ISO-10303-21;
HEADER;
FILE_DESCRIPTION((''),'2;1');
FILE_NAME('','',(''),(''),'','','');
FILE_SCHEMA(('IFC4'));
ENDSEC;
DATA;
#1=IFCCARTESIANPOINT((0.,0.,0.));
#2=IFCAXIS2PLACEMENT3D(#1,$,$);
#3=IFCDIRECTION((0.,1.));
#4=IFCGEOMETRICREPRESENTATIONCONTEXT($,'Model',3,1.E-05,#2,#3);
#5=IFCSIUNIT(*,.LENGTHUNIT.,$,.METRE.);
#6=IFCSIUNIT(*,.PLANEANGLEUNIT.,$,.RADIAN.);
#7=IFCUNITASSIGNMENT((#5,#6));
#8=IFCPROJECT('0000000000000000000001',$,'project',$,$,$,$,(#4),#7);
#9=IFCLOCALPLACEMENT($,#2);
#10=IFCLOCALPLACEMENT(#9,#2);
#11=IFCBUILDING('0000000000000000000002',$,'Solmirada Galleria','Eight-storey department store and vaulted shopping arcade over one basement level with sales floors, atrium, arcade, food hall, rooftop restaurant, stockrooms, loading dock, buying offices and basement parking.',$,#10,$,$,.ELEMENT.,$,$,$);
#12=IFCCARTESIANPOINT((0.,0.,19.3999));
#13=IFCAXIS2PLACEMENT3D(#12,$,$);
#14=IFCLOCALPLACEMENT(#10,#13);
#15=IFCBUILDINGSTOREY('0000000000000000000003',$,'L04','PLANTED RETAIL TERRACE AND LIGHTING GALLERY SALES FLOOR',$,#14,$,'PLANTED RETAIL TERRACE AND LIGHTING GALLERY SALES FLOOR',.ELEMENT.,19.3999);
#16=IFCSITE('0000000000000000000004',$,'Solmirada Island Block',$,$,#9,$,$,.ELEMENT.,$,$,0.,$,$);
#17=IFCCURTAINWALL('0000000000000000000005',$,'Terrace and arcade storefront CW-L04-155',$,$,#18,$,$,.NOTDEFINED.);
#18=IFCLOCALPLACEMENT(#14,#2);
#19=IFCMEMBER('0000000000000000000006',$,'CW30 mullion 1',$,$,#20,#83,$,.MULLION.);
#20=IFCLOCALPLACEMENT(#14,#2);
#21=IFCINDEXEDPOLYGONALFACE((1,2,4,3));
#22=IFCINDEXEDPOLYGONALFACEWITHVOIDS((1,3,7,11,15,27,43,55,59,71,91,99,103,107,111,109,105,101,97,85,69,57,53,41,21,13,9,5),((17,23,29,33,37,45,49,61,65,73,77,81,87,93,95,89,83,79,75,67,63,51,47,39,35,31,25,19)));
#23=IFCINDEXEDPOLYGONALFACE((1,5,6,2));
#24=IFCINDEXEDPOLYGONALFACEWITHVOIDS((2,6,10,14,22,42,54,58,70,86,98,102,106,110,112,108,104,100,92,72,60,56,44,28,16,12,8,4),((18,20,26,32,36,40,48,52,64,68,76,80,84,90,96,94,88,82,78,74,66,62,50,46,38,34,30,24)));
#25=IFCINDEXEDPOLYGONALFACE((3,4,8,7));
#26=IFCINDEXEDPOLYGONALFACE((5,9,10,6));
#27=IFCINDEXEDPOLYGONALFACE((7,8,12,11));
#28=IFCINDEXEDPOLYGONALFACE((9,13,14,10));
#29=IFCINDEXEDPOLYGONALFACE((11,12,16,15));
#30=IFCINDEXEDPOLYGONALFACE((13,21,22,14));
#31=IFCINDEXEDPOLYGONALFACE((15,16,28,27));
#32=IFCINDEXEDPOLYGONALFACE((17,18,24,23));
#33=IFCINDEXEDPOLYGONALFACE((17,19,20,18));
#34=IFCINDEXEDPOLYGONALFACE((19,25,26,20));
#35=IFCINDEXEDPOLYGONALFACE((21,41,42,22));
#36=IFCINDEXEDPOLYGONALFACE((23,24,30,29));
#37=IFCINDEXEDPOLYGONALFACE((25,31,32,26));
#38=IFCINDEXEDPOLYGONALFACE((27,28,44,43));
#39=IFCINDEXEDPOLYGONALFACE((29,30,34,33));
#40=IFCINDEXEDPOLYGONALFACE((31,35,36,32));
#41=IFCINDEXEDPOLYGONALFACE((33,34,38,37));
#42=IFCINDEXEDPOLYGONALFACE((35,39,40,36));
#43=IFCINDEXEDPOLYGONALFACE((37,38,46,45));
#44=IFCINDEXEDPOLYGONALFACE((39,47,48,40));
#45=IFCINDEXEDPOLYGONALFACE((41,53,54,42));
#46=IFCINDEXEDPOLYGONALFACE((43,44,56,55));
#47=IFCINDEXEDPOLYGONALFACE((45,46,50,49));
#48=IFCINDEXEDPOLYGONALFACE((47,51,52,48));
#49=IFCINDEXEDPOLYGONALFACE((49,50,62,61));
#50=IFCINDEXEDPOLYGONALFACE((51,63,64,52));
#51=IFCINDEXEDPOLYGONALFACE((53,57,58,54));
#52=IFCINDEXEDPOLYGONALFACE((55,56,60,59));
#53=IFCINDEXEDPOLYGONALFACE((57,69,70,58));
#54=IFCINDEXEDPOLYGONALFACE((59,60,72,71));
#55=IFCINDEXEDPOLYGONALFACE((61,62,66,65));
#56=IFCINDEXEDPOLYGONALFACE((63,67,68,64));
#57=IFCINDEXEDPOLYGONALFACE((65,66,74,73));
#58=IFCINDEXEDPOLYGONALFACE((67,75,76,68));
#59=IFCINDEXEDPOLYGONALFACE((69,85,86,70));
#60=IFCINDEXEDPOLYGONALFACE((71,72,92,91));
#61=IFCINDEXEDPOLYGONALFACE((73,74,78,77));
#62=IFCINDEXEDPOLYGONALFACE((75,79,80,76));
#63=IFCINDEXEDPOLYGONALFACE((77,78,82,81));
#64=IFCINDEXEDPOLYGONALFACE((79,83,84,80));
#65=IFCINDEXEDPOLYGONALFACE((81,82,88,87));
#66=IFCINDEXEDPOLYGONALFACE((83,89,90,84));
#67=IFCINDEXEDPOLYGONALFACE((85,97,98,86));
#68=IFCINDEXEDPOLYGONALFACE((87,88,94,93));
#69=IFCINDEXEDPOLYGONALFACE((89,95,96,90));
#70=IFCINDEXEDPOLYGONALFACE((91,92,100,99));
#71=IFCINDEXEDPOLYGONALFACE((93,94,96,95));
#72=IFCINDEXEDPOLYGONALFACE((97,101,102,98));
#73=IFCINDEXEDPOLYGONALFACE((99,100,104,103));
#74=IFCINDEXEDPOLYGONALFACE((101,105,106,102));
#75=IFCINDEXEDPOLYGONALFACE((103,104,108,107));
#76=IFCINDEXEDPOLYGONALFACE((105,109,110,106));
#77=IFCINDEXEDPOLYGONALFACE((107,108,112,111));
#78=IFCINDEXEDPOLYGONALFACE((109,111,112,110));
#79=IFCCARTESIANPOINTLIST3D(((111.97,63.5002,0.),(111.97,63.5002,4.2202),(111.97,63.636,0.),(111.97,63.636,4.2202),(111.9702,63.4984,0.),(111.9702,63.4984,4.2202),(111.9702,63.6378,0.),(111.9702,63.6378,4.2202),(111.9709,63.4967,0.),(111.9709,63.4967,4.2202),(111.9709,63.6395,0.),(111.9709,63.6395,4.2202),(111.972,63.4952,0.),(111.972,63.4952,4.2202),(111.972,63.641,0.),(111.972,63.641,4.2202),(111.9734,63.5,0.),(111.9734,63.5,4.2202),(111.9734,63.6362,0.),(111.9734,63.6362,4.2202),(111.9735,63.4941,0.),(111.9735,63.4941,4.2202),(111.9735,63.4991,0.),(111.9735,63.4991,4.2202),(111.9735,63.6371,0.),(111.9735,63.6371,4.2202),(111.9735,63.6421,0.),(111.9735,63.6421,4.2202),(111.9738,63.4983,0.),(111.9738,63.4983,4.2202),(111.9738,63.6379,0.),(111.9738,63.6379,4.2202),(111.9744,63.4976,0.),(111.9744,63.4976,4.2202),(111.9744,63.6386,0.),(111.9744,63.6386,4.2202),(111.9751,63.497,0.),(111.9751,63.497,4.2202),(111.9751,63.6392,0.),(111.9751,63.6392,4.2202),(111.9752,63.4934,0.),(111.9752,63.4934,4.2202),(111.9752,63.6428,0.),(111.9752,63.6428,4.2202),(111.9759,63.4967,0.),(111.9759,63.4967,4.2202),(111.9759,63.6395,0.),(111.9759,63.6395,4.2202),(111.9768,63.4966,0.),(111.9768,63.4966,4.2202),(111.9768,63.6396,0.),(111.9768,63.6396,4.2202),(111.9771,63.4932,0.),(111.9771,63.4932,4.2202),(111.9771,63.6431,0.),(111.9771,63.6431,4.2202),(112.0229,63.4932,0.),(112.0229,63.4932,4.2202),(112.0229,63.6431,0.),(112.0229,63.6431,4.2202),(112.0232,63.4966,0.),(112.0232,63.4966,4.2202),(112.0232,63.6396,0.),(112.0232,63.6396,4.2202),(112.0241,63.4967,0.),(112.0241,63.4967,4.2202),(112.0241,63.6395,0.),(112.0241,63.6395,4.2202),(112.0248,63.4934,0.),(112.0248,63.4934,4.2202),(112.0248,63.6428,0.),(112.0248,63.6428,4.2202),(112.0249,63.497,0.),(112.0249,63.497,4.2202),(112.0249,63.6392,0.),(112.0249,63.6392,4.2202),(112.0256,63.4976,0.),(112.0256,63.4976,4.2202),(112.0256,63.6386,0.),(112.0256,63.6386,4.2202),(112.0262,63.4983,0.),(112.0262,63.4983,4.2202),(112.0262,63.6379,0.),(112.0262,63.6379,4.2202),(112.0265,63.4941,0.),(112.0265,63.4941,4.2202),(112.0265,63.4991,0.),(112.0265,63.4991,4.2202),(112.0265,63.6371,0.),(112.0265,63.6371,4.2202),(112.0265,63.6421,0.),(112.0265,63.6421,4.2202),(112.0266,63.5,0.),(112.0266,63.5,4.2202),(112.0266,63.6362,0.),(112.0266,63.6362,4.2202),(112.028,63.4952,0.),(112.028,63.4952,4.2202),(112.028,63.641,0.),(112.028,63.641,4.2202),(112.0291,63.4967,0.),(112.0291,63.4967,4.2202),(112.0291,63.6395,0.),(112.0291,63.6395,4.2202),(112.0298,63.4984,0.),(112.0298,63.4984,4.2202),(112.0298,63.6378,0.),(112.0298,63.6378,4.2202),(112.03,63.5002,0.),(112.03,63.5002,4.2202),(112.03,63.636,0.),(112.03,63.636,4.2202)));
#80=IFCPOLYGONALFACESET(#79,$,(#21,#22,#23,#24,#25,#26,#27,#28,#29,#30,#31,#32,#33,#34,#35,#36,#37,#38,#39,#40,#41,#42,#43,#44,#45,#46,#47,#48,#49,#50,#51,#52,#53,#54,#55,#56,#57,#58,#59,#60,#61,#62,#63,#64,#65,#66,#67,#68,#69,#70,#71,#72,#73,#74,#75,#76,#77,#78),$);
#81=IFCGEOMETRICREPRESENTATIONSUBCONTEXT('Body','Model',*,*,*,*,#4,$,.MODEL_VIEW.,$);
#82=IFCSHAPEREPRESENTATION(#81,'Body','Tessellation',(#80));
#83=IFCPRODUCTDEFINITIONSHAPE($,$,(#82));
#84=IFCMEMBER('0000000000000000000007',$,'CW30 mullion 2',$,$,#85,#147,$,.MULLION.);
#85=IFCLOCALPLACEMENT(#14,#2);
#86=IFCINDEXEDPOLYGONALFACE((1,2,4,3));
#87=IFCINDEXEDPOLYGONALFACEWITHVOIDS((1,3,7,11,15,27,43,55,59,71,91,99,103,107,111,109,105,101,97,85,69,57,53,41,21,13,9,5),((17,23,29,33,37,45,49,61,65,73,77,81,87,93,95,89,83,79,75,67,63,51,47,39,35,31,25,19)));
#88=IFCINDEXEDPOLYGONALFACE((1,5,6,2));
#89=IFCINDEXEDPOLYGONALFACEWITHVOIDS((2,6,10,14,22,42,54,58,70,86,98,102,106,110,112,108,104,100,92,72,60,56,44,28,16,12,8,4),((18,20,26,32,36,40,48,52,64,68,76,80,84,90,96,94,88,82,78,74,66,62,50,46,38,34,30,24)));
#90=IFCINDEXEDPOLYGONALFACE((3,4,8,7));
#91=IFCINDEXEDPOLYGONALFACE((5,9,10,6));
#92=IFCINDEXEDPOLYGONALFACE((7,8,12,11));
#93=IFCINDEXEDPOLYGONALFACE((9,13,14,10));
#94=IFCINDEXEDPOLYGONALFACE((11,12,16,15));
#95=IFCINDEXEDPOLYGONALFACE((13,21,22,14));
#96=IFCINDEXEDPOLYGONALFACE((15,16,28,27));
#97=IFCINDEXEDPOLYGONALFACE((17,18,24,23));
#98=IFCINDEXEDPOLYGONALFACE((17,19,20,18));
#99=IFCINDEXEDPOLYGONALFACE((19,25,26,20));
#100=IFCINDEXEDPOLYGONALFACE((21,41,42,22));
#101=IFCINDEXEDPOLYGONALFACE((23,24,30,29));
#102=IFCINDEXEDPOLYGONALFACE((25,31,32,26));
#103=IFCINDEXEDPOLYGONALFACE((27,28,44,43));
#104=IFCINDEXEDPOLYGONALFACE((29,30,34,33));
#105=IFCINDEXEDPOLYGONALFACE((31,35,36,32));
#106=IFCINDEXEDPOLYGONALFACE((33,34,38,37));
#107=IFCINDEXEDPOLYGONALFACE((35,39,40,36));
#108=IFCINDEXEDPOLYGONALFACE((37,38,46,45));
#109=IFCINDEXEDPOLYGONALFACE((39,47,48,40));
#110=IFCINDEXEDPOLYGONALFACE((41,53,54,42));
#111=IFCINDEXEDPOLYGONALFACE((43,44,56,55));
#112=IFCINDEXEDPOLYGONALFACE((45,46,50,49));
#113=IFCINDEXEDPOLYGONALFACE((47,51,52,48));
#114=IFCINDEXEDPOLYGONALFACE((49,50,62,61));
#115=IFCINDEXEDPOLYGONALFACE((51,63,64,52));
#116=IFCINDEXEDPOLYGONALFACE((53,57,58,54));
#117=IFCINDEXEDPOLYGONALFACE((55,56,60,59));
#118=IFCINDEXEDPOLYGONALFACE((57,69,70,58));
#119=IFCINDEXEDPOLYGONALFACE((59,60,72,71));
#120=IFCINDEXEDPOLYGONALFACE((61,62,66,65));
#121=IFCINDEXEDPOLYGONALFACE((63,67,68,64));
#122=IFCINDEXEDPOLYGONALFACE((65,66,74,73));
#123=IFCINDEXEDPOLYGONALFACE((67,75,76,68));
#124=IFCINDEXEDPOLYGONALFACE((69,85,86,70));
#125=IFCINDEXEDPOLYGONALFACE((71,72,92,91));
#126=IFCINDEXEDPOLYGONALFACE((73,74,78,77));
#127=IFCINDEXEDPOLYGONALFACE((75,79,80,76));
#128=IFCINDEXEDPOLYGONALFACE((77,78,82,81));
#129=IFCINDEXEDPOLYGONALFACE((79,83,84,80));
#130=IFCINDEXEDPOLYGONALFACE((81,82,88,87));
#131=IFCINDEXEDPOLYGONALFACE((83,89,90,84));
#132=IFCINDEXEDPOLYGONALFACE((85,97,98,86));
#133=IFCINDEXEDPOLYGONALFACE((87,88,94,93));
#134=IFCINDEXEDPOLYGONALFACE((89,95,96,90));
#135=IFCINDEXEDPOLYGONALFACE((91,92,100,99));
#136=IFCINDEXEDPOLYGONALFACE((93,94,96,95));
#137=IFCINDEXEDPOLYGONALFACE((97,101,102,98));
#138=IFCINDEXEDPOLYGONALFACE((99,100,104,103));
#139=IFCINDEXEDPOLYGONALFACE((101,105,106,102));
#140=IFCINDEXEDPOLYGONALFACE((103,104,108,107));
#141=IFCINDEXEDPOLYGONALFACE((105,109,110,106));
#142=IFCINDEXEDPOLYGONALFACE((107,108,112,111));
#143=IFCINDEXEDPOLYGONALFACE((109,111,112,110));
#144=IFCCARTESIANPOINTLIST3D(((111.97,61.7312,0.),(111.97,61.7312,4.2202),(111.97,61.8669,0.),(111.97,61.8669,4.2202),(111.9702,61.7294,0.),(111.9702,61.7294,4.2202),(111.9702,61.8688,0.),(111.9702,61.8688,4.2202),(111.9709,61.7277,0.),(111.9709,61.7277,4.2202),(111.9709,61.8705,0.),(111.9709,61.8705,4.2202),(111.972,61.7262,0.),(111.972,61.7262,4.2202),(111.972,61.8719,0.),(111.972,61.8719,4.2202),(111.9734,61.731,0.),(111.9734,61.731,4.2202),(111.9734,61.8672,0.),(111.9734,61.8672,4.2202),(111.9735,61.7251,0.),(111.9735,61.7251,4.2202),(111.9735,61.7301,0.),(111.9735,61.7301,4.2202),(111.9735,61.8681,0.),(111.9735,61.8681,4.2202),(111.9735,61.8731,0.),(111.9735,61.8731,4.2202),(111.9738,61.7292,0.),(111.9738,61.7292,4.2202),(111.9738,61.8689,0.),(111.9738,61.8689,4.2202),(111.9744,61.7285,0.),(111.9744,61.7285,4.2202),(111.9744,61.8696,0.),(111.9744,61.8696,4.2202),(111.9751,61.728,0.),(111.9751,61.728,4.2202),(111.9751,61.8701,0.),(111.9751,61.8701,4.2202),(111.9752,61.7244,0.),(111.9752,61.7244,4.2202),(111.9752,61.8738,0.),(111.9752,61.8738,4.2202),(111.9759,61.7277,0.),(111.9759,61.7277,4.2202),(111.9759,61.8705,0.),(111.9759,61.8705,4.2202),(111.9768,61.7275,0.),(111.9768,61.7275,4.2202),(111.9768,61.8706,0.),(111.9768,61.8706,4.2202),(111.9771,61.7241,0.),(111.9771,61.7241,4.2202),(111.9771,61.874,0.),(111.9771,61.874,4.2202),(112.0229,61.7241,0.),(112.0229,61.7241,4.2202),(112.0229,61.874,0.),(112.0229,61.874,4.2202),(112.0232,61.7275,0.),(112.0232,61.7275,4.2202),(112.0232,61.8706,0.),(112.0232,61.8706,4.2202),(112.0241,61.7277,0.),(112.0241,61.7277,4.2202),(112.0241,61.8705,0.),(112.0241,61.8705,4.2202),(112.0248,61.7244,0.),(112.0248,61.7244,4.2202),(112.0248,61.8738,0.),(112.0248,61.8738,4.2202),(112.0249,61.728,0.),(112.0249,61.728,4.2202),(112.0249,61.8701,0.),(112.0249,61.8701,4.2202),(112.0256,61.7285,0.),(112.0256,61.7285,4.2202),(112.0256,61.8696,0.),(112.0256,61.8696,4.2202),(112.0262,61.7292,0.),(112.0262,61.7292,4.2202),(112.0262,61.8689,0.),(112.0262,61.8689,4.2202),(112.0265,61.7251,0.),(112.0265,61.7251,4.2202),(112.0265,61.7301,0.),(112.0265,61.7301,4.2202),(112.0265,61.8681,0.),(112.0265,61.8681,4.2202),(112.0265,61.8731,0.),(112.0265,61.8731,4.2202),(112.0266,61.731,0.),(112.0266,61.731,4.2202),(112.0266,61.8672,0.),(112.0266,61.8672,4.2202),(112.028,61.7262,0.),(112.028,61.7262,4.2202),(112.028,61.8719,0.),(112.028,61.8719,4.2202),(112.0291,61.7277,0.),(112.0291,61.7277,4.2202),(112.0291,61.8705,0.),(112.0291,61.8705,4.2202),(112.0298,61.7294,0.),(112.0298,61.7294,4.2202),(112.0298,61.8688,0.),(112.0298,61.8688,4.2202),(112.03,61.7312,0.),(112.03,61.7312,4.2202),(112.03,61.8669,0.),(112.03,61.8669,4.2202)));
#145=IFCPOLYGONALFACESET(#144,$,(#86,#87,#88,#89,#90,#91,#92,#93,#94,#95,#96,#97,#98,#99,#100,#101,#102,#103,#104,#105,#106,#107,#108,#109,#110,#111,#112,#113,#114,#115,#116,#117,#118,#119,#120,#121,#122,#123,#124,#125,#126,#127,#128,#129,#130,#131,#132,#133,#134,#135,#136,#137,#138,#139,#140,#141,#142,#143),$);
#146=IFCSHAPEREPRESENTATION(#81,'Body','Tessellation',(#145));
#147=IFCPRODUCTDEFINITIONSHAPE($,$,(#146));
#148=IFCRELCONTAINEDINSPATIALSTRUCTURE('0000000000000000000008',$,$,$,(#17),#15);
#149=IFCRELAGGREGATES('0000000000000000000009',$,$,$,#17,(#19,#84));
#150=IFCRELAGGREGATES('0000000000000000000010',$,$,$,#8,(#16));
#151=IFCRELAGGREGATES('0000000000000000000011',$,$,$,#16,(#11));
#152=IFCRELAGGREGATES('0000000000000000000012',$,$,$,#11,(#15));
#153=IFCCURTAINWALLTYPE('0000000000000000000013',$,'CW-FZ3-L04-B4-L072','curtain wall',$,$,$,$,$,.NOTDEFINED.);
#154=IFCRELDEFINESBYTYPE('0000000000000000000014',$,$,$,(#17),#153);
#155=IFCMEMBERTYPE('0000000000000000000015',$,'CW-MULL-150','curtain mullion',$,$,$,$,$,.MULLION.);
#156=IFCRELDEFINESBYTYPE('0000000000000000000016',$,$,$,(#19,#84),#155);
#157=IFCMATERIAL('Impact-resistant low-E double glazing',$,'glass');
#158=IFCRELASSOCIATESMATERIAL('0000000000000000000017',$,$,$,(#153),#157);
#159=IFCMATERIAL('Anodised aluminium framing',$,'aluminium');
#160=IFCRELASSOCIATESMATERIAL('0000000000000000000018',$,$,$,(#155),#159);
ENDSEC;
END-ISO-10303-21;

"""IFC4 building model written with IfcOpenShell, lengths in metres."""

from ifc_helpers import new_model, si_unit, direction, frame, origin, origin_2d, place, context, subcontext, project, spatial, hollow_rectangle, extrude, material, material_profile, profile_set, type_object, element, aggregate, save


model = new_model("IFC4")

# Units and contexts
model_context = context("Model", 3, precision=1e-05, world=origin(), true_north=direction((0.0, 1.0)))
body_context = subcontext(model_context, "Body", "Model", "MODEL_VIEW")
ifc_project = project(units=[si_unit("LENGTHUNIT", "METRE"), si_unit("PLANEANGLEUNIT", "RADIAN")], contexts=[model_context])

# Site, building, storey
site_placement = place(None, origin())
site = spatial("IfcSite", under=ifc_project, at=site_placement, Name="Solmirada Island Block", CompositionType="ELEMENT", RefElevation=0.0)
building_placement = place(site_placement, origin())
building = spatial("IfcBuilding", under=site, at=building_placement, Name="Solmirada Galleria", Description="Eight-storey department store and vaulted shopping arcade over one basement level with sales floors, atrium, arcade, food hall, rooftop restaurant, stockrooms, loading dock, buying offices and basement parking.", CompositionType="ELEMENT")
storey_placement = place(building_placement, frame((0.0, 0.0, 19.3999)))
storey = spatial("IfcBuildingStorey", under=building, at=storey_placement, Name="L04", Description="PLANTED RETAIL TERRACE AND LIGHTING GALLERY SALES FLOOR", LongName="PLANTED RETAIL TERRACE AND LIGHTING GALLERY SALES FLOOR", CompositionType="ELEMENT", Elevation=19.3999)

# Shared definitions
ifc_material_1 = material(Name="Impact-resistant low-E double glazing", Category="glass")
curtain_wall_type = type_object("IfcCurtainWallType", Name="CW-FZ3-L04-B4-L072", Description="curtain wall", PredefinedType="NOTDEFINED", material=ifc_material_1)
ifc_material_2 = material(Name="Anodised aluminium framing", Category="aluminium")
ifc_material_profile_1 = material_profile(ifc_material_2, hollow_rectangle(XDim=0.0601, YDim=0.1499, WallThickness=0.0034, InnerFilletRadius=0.0034, OuterFilletRadius=0.0071, at=origin_2d()), Name="ALU-MULL-150X60")
ifc_profile_set_1 = profile_set([ifc_material_profile_1], Name="Anodised aluminium framing")
member_type_1 = type_object("IfcMemberType", Name="CW-MULL-150", Description="curtain mullion", PredefinedType="MULLION", material=ifc_profile_set_1)

# Curtain wall, members
curtain_wall_1_placement = place(storey_placement, origin())
curtain_wall_1 = element("IfcCurtainWall", 1, at=curtain_wall_1_placement, inside=storey, type_object=curtain_wall_type, Name="Terrace and arcade storefront CW-L04-155", PredefinedType="NOTDEFINED")
member_1_placement = place(storey_placement, frame((112.0, 63.5681, 0.0), z_axis=(0.0, 0.0, 1.0), x_axis=(1.0, 0.0, 0.0)))
member_1 = element("IfcMember", 2, at=member_1_placement, type_object=member_type_1, Name="CW30 mullion 1", PredefinedType="MULLION", context=body_context, shape_type="SweptSolid", body=[
    extrude(hollow_rectangle(XDim=0.0601, YDim=0.1499, WallThickness=0.0034, InnerFilletRadius=0.0034, OuterFilletRadius=0.0071, at=origin_2d()), origin(), (0.0, 0.0, 1.0), 4.2202),
])
member_2_placement = place(storey_placement, frame((112.0, 61.7991, 0.0), z_axis=(0.0, 0.0, 1.0), x_axis=(1.0, 0.0, 0.0)))
member_2 = element("IfcMember", 3, at=member_2_placement, type_object=member_type_1, Name="CW30 mullion 2", PredefinedType="MULLION", context=body_context, shape_type="SweptSolid", body=[
    extrude(hollow_rectangle(XDim=0.0601, YDim=0.1499, WallThickness=0.0034, InnerFilletRadius=0.0034, OuterFilletRadius=0.0071, at=origin_2d()), origin(), (0.0, 0.0, 1.0), 4.2202),
])

aggregate(curtain_wall_1, [member_1, member_2])

save(model, "model.ifc")
